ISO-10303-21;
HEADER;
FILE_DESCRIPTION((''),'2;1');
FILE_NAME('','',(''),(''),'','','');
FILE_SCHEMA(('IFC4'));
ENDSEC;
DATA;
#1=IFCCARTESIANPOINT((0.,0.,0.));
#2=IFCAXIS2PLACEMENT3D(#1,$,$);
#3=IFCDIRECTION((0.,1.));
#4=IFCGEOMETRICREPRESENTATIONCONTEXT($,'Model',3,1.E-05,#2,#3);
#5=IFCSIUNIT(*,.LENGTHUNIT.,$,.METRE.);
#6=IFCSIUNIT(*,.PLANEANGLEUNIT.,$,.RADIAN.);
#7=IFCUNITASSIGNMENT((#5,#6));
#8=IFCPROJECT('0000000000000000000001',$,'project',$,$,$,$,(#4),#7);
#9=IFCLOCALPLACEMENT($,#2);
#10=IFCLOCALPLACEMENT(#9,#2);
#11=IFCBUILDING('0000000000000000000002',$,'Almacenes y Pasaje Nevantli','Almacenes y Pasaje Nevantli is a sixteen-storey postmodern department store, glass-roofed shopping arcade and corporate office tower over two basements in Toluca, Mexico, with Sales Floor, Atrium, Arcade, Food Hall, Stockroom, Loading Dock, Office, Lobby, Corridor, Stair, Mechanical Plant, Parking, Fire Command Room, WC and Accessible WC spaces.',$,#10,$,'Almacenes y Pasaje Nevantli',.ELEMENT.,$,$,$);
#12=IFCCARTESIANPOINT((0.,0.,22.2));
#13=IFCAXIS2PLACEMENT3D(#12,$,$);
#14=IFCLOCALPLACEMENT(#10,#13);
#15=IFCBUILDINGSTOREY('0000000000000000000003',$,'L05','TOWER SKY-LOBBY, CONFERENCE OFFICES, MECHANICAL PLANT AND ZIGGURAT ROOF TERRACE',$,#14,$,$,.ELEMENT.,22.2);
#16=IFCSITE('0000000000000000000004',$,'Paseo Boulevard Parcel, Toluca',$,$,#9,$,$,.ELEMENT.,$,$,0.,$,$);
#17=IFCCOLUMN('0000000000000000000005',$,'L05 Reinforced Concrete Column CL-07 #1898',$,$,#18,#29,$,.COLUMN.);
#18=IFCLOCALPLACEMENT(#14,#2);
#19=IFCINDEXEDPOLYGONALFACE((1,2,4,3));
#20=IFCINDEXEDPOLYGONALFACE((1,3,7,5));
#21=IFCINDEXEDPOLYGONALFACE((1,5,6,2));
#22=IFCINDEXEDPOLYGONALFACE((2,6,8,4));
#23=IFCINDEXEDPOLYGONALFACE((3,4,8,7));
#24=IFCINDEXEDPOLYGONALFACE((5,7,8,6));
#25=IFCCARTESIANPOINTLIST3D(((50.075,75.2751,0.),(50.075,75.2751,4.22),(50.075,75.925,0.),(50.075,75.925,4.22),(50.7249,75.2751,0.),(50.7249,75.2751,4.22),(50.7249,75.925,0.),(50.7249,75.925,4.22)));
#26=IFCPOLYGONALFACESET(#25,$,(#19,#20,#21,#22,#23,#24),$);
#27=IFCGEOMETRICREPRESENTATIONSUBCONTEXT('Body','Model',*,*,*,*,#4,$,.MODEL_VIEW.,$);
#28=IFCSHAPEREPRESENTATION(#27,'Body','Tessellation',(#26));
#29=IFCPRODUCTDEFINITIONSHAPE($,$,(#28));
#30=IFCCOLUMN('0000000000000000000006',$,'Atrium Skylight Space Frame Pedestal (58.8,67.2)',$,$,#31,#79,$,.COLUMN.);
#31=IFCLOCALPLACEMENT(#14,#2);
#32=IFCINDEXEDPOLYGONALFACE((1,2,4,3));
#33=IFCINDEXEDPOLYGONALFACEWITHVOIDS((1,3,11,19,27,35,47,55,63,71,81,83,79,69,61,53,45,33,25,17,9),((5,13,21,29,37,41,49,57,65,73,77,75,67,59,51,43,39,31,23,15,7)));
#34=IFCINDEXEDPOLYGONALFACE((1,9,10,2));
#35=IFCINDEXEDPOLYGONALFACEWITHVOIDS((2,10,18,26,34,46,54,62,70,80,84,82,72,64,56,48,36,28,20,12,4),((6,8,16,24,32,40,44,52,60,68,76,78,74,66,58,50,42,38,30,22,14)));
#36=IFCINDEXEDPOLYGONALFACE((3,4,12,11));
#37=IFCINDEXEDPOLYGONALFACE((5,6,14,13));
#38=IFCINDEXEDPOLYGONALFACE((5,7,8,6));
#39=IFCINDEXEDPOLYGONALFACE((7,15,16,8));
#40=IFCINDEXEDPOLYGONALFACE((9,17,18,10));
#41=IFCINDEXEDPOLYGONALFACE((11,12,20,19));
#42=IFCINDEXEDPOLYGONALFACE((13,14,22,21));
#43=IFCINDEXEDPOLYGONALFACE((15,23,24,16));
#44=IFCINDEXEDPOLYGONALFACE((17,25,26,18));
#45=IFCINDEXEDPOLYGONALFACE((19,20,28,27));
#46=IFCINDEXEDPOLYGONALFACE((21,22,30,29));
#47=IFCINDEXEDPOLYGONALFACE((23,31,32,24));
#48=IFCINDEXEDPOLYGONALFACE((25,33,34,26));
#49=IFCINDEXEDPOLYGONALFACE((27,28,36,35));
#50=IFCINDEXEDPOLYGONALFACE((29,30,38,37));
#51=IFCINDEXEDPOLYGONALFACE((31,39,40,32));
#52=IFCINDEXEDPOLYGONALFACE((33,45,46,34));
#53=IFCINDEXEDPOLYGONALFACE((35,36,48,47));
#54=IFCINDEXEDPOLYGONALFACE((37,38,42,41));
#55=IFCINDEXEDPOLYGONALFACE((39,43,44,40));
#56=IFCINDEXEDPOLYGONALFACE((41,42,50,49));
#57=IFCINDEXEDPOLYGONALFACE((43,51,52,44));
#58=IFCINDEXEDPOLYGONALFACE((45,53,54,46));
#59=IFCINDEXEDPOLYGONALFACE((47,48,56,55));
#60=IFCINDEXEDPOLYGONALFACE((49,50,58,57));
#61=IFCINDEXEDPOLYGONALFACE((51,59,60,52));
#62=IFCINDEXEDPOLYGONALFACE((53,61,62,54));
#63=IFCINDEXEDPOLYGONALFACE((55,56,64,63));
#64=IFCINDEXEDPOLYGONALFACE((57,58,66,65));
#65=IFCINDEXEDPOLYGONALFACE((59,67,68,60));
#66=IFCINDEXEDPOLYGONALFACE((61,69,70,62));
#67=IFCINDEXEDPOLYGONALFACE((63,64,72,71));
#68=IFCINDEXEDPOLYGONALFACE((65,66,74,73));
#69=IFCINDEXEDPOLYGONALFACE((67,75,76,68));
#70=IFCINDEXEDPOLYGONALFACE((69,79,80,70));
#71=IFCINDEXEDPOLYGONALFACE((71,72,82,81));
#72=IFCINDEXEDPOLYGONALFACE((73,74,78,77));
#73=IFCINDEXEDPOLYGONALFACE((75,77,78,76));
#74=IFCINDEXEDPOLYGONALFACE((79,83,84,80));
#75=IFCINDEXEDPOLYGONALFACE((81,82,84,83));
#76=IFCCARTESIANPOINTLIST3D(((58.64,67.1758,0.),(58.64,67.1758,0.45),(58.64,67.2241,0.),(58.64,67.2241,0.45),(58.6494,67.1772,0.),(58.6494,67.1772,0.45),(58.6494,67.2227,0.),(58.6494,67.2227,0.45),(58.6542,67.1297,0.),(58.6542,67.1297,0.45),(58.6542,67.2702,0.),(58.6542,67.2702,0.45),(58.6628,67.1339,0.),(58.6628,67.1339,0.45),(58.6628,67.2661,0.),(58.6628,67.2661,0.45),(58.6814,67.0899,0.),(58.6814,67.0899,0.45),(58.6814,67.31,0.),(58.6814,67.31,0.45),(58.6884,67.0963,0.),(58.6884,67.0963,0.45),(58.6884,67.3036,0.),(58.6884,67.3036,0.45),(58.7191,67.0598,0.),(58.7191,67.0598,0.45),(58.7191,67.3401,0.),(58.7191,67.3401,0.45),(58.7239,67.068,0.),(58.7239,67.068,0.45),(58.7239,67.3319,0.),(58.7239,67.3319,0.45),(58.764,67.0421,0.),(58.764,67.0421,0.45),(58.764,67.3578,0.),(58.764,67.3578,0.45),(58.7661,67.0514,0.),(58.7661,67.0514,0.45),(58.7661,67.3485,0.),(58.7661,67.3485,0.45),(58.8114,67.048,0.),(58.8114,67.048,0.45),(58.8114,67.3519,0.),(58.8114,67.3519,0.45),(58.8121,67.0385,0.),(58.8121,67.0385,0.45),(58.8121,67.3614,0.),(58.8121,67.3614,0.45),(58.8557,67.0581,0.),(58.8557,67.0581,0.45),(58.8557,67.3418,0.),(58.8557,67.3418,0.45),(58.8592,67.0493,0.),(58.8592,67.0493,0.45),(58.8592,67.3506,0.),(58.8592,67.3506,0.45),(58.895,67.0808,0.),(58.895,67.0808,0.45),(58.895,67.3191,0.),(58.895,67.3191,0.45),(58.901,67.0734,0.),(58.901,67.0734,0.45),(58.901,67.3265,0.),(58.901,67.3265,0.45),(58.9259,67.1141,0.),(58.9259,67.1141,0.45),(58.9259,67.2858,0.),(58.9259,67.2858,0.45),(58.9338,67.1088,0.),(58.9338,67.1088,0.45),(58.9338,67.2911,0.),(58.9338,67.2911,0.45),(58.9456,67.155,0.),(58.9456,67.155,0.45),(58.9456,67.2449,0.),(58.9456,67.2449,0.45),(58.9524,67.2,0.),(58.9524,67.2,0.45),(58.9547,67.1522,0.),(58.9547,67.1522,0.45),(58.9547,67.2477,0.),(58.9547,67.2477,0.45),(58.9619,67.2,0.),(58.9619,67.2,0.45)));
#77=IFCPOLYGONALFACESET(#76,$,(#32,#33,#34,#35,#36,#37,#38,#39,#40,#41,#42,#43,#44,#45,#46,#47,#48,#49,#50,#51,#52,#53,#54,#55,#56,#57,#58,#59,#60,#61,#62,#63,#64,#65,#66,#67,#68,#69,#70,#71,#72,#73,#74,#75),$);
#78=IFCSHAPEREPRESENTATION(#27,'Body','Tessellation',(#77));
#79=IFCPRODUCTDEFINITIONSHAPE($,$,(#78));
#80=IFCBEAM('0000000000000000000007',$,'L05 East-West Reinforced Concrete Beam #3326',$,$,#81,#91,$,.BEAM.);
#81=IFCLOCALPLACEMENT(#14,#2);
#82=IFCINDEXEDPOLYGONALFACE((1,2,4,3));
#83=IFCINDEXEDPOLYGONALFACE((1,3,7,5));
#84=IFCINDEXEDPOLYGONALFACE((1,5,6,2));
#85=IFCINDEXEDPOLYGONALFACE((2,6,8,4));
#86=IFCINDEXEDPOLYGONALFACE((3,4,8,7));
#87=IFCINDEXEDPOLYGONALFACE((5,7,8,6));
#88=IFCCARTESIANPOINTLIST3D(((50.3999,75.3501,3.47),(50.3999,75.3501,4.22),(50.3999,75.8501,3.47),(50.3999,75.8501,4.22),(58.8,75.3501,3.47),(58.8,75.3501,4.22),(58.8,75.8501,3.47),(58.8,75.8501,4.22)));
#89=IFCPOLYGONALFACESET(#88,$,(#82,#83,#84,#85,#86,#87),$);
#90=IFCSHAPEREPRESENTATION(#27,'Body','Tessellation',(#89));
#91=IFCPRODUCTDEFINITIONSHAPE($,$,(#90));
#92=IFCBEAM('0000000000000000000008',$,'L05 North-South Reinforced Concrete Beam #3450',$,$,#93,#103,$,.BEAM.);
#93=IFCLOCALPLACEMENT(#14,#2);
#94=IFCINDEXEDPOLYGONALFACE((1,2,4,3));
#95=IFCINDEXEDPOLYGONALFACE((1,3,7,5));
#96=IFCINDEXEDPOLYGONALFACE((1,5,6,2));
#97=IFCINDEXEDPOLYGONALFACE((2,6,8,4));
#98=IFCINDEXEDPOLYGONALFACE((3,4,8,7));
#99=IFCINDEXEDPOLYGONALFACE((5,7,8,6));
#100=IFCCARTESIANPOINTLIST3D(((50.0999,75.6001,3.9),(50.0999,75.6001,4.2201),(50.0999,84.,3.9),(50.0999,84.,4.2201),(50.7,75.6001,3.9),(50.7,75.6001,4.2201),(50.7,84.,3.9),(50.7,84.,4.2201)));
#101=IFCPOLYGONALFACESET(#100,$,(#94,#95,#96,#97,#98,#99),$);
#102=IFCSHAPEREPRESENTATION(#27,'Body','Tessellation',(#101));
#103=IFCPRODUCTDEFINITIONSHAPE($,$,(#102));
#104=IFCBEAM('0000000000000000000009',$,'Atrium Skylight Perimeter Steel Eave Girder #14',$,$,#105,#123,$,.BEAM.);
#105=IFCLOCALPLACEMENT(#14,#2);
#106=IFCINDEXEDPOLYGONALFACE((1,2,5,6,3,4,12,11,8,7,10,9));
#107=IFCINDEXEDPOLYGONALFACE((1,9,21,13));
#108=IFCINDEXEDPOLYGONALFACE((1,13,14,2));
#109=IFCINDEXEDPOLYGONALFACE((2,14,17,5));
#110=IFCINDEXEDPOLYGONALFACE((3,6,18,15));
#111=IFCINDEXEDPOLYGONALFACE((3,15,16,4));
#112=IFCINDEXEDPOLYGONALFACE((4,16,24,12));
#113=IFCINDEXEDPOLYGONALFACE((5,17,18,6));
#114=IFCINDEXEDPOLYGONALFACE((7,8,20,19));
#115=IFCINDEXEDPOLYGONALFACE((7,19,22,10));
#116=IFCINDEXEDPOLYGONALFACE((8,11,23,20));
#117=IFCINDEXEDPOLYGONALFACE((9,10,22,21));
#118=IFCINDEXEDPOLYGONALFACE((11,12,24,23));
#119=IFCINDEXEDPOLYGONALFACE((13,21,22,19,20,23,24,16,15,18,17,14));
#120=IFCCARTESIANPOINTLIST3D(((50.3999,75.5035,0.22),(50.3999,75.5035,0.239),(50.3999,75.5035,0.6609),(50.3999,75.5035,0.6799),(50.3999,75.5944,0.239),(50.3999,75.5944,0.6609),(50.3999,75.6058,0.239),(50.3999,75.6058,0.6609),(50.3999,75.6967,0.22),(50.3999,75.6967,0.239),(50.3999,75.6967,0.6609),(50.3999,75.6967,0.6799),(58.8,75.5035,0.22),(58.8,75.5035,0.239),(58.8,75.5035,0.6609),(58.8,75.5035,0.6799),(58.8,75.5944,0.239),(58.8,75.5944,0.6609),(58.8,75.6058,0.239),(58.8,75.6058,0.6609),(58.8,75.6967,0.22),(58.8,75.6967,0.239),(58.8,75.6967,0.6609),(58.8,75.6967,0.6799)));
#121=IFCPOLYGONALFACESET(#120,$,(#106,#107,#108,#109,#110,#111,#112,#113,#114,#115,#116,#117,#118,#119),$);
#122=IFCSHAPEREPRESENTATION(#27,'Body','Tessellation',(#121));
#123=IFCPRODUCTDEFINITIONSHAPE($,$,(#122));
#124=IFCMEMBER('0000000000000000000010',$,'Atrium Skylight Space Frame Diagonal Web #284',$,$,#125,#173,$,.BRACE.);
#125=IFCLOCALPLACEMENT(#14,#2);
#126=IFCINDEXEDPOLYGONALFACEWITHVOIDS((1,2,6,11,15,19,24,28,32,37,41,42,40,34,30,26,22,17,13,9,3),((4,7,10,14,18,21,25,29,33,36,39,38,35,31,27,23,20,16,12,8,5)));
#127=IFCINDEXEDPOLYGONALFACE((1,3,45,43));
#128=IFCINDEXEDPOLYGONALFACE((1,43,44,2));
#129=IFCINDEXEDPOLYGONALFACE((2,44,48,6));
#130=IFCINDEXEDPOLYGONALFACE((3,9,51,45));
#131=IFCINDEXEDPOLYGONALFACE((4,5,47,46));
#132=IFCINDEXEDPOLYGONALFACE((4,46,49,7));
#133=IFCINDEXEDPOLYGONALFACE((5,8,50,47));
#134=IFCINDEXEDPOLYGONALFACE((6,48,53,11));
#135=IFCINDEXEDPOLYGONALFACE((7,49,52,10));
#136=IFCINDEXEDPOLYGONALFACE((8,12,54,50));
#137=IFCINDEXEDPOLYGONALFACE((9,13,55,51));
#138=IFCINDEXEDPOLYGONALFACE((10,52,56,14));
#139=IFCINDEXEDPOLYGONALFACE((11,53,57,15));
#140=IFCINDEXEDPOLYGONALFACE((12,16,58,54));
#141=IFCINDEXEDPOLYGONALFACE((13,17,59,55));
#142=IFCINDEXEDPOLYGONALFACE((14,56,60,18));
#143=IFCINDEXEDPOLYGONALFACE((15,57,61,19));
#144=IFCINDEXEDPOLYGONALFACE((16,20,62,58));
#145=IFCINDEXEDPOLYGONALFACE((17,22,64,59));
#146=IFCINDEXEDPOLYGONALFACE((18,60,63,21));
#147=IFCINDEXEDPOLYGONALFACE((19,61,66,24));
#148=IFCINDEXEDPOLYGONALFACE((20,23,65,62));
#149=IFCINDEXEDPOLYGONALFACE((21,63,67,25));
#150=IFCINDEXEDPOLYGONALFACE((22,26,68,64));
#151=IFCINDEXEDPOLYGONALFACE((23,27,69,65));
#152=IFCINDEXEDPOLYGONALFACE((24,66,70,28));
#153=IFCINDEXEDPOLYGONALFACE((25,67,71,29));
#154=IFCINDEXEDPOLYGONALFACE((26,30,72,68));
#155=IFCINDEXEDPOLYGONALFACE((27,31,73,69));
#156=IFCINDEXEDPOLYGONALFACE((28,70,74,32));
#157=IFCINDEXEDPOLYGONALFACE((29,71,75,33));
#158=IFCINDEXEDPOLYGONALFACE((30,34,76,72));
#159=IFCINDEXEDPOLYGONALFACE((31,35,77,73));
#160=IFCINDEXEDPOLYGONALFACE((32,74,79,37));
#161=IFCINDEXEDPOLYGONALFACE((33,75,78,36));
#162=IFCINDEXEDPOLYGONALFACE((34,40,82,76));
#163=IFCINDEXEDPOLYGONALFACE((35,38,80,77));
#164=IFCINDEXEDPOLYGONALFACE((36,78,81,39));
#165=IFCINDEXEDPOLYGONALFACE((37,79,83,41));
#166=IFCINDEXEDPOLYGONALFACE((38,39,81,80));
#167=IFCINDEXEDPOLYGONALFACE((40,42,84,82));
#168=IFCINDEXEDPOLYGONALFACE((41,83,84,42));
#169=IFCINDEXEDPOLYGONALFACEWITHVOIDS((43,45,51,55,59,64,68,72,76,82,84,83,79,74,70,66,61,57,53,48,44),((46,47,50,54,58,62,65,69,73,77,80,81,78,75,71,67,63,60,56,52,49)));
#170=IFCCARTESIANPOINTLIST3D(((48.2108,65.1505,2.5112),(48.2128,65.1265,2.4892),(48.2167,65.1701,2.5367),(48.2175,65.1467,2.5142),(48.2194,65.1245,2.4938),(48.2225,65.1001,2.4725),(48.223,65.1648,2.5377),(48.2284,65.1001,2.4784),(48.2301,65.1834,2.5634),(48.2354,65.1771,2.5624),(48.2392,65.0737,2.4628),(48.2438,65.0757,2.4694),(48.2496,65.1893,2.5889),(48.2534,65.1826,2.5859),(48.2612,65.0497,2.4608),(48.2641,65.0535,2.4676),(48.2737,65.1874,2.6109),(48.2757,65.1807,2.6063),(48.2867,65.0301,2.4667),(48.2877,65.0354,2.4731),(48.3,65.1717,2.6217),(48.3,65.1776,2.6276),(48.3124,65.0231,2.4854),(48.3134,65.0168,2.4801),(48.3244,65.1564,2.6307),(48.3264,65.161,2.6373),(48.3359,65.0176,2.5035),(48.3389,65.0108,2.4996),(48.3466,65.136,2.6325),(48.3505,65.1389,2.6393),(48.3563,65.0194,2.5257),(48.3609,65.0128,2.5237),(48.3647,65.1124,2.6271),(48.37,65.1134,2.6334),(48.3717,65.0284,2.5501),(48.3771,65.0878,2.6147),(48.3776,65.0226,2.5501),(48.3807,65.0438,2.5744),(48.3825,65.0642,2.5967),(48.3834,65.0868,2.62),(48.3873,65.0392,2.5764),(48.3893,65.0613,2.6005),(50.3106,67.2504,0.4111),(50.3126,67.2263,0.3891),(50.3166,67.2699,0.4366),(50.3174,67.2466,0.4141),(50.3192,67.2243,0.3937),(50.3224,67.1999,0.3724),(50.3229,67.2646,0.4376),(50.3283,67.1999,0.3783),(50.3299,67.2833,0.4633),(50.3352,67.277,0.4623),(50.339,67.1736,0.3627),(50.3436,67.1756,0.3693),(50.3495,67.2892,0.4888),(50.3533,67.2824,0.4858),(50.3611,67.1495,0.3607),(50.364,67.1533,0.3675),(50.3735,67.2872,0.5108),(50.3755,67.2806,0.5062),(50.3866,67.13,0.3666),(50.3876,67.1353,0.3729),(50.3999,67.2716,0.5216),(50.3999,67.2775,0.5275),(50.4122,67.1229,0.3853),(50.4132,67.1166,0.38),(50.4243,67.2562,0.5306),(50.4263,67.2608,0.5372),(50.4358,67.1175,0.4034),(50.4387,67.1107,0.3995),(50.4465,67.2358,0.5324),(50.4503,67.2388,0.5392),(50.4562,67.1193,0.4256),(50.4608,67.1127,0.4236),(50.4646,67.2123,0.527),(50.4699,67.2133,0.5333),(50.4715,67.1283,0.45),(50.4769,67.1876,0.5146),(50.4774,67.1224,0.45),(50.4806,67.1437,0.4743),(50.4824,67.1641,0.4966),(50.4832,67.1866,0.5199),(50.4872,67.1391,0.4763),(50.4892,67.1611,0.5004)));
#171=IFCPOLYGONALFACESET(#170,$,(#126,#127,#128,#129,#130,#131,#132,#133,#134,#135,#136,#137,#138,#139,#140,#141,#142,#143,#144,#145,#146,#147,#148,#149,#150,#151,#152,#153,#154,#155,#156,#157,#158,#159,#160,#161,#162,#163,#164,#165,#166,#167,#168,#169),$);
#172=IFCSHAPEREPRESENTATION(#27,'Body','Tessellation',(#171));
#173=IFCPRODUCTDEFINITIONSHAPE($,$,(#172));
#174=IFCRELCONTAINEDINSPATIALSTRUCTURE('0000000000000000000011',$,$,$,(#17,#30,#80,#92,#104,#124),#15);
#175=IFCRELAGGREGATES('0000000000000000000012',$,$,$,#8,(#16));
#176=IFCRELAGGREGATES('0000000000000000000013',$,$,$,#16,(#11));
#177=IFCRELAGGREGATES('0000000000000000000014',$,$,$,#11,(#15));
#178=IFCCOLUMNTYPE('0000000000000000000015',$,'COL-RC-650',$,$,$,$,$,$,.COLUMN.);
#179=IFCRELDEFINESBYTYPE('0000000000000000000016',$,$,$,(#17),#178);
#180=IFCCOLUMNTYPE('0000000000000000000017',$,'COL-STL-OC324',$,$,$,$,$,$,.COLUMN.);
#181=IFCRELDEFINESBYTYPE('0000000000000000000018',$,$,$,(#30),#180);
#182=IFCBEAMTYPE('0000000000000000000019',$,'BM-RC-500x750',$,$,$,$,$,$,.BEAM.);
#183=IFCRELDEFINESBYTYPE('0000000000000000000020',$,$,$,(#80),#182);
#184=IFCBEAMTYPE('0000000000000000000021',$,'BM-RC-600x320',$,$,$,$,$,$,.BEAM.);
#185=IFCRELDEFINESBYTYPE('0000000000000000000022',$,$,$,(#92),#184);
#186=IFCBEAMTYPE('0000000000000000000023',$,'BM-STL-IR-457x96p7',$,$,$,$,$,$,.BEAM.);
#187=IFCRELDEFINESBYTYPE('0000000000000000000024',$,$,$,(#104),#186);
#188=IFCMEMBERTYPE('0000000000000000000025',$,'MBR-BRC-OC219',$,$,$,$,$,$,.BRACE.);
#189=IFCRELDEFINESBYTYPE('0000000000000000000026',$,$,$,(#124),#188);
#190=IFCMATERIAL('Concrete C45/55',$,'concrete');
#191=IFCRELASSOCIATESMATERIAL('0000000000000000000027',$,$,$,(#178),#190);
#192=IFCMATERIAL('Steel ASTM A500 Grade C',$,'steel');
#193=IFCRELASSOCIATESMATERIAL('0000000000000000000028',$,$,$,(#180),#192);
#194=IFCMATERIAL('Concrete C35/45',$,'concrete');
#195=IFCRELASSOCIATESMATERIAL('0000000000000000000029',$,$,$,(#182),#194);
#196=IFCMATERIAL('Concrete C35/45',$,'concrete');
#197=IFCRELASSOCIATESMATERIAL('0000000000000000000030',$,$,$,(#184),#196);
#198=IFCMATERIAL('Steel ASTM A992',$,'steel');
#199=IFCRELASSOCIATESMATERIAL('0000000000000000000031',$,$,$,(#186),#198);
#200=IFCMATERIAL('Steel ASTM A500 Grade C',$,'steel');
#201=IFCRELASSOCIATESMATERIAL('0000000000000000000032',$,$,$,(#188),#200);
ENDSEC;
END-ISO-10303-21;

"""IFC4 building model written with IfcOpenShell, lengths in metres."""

from ifc_helpers import new_model, si_unit, direction, frame, origin, origin_2d, place, context, subcontext, project, spatial, rectangle, hollow_circle, i_section, extrude, material, material_profile, profile_set, type_object, element, save


model = new_model("IFC4")

# Units and contexts
model_context = context("Model", 3, precision=1e-05, world=origin(), true_north=direction((0.0, 1.0)))
body_context = subcontext(model_context, "Body", "Model", "MODEL_VIEW")
ifc_project = project(units=[si_unit("LENGTHUNIT", "METRE"), si_unit("PLANEANGLEUNIT", "RADIAN")], contexts=[model_context])

# Site, building, storey
site_placement = place(None, origin())
site = spatial("IfcSite", under=ifc_project, at=site_placement, Name="Paseo Boulevard Parcel, Toluca", CompositionType="ELEMENT", RefElevation=0.0)
building_placement = place(site_placement, origin())
building = spatial("IfcBuilding", under=site, at=building_placement, Name="Almacenes y Pasaje Nevantli", Description="Almacenes y Pasaje Nevantli is a sixteen-storey postmodern department store, glass-roofed shopping arcade and corporate office tower over two basements in Toluca, Mexico, with Sales Floor, Atrium, Arcade, Food Hall, Stockroom, Loading Dock, Office, Lobby, Corridor, Stair, Mechanical Plant, Parking, Fire Command Room, WC and Accessible WC spaces.", LongName="Almacenes y Pasaje Nevantli", CompositionType="ELEMENT")
storey_placement = place(building_placement, frame((0.0, 0.0, 22.2)))
storey = spatial("IfcBuildingStorey", under=building, at=storey_placement, Name="L05", Description="TOWER SKY-LOBBY, CONFERENCE OFFICES, MECHANICAL PLANT AND ZIGGURAT ROOF TERRACE", CompositionType="ELEMENT", Elevation=22.2)

# Columns
ifc_material_1 = material(Name="Concrete C45/55", Category="concrete")
ifc_material_profile_1 = material_profile(ifc_material_1, rectangle(XDim=0.6499, YDim=0.6499, at=origin_2d()), Name="RC-COL-650x650")
ifc_profile_set_1 = profile_set([ifc_material_profile_1], Name="Concrete C45/55")
column_type_1 = type_object("IfcColumnType", Name="COL-RC-650", PredefinedType="COLUMN", material=ifc_profile_set_1)
column_1_placement = place(storey_placement, frame((50.3999, 75.6001, 0.0), z_axis=(0.0, 0.0, 1.0), x_axis=(1.0, 0.0, 0.0)))
element("IfcColumn", 1, at=column_1_placement, inside=storey, type_object=column_type_1, Name="L05 Reinforced Concrete Column CL-07 #1898", PredefinedType="COLUMN", context=body_context, shape_type="SweptSolid", body=[
    extrude(rectangle(XDim=0.6499, YDim=0.6499, at=origin_2d()), origin(), (0.0, 0.0, 1.0), 4.22),
])
ifc_material_2 = material(Name="Steel ASTM A500 Grade C", Category="steel")
ifc_material_profile_2 = material_profile(ifc_material_2, hollow_circle(Radius=0.1619, WallThickness=0.0095, at=origin_2d()), Name="OC 324x9.5")
ifc_profile_set_2 = profile_set([ifc_material_profile_2], Name="Steel ASTM A500 Grade C")
column_type_2 = type_object("IfcColumnType", Name="COL-STL-OC324", PredefinedType="COLUMN", material=ifc_profile_set_2)
column_2_placement = place(storey_placement, frame((58.8, 67.2, 0.0), z_axis=(0.0, 0.0, 1.0), x_axis=(1.0, 0.0, 0.0)))
element("IfcColumn", 2, at=column_2_placement, inside=storey, type_object=column_type_2, Name="Atrium Skylight Space Frame Pedestal (58.8,67.2)", PredefinedType="COLUMN", context=body_context, shape_type="SweptSolid", body=[
    extrude(hollow_circle(Radius=0.1619, WallThickness=0.0095, at=origin_2d()), origin(), (0.0, 0.0, 1.0), 0.45),
])

# Beams
ifc_material_3 = material(Name="Concrete C35/45", Category="concrete")
ifc_material_profile_3 = material_profile(ifc_material_3, rectangle(XDim=0.5, YDim=0.75, at=origin_2d()), Name="RC-BM-500x750")
ifc_profile_set_3 = profile_set([ifc_material_profile_3], Name="Concrete C35/45")
beam_type_1 = type_object("IfcBeamType", Name="BM-RC-500x750", PredefinedType="BEAM", material=ifc_profile_set_3)
beam_1_placement = place(storey_placement, frame((50.3999, 75.6001, 3.845), z_axis=(1.0, 0.0, 0.0), x_axis=(0.0, 1.0, 0.0)))
element("IfcBeam", 3, at=beam_1_placement, inside=storey, type_object=beam_type_1, Name="L05 East-West Reinforced Concrete Beam #3326", PredefinedType="BEAM", context=body_context, shape_type="SweptSolid", body=[
    extrude(rectangle(XDim=0.5, YDim=0.75, at=origin_2d()), origin(), (0.0, 0.0, 1.0), 8.4001),
])
ifc_material_4 = material(Name="Concrete C35/45", Category="concrete")
ifc_material_profile_4 = material_profile(ifc_material_4, rectangle(XDim=0.6001, YDim=0.3201, at=origin_2d()), Name="RC-BM-600x320")
ifc_profile_set_4 = profile_set([ifc_material_profile_4], Name="Concrete C35/45")
beam_type_2 = type_object("IfcBeamType", Name="BM-RC-600x320", PredefinedType="BEAM", material=ifc_profile_set_4)
beam_2_placement = place(storey_placement, frame((50.3999, 75.6001, 4.0601), z_axis=(0.0, 1.0, 0.0), x_axis=(-1.0, 0.0, 0.0)))
element("IfcBeam", 4, at=beam_2_placement, inside=storey, type_object=beam_type_2, Name="L05 North-South Reinforced Concrete Beam #3450", PredefinedType="BEAM", context=body_context, shape_type="SweptSolid", body=[
    extrude(rectangle(XDim=0.6001, YDim=0.3201, at=origin_2d()), origin(), (0.0, 0.0, 1.0), 8.3999),
])
ifc_material_5 = material(Name="Steel ASTM A992", Category="steel")
ifc_material_profile_5 = material_profile(ifc_material_5, i_section(OverallWidth=0.1931, OverallDepth=0.46, WebThickness=0.0115, FlangeThickness=0.019, at=origin_2d()), Name="IR 457x96.7")
ifc_profile_set_5 = profile_set([ifc_material_profile_5], Name="Steel ASTM A992")
beam_type_3 = type_object("IfcBeamType", Name="BM-STL-IR-457x96p7", PredefinedType="BEAM", material=ifc_profile_set_5)
beam_3_placement = place(storey_placement, frame((50.3999, 75.6001, 0.45), z_axis=(1.0, 0.0, 0.0), x_axis=(0.0, 1.0, 0.0)))
element("IfcBeam", 5, at=beam_3_placement, inside=storey, type_object=beam_type_3, Name="Atrium Skylight Perimeter Steel Eave Girder #14", PredefinedType="BEAM", context=body_context, shape_type="SweptSolid", body=[
    extrude(i_section(OverallWidth=0.1931, OverallDepth=0.46, WebThickness=0.0115, FlangeThickness=0.019, at=origin_2d()), origin(), (0.0, 0.0, 1.0), 8.4001),
])

# Member
ifc_material_6 = material(Name="Steel ASTM A500 Grade C", Category="steel")
ifc_material_profile_6 = material_profile(ifc_material_6, hollow_circle(Radius=0.1096, WallThickness=0.0083, at=origin_2d()), Name="OC 219x8.2")
ifc_profile_set_6 = profile_set([ifc_material_profile_6], Name="Steel ASTM A500 Grade C")
member_type_1 = type_object("IfcMemberType", Name="MBR-BRC-OC219", PredefinedType="BRACE", material=ifc_profile_set_6)
member_1_placement = place(storey_placement, frame((50.3999, 67.2, 0.45), z_axis=(-0.577328, -0.577328, 0.577395), x_axis=(0.707107, -0.707107, 0.0)))
element("IfcMember", 6, at=member_1_placement, inside=storey, type_object=member_type_1, Name="Atrium Skylight Space Frame Diagonal Web #284", PredefinedType="BRACE", context=body_context, shape_type="SweptSolid", body=[
    extrude(hollow_circle(Radius=0.1096, WallThickness=0.0083, at=origin_2d()), origin(), (0.0, 0.0, 1.0), 3.6372),
])

save(model, "model.ifc")
